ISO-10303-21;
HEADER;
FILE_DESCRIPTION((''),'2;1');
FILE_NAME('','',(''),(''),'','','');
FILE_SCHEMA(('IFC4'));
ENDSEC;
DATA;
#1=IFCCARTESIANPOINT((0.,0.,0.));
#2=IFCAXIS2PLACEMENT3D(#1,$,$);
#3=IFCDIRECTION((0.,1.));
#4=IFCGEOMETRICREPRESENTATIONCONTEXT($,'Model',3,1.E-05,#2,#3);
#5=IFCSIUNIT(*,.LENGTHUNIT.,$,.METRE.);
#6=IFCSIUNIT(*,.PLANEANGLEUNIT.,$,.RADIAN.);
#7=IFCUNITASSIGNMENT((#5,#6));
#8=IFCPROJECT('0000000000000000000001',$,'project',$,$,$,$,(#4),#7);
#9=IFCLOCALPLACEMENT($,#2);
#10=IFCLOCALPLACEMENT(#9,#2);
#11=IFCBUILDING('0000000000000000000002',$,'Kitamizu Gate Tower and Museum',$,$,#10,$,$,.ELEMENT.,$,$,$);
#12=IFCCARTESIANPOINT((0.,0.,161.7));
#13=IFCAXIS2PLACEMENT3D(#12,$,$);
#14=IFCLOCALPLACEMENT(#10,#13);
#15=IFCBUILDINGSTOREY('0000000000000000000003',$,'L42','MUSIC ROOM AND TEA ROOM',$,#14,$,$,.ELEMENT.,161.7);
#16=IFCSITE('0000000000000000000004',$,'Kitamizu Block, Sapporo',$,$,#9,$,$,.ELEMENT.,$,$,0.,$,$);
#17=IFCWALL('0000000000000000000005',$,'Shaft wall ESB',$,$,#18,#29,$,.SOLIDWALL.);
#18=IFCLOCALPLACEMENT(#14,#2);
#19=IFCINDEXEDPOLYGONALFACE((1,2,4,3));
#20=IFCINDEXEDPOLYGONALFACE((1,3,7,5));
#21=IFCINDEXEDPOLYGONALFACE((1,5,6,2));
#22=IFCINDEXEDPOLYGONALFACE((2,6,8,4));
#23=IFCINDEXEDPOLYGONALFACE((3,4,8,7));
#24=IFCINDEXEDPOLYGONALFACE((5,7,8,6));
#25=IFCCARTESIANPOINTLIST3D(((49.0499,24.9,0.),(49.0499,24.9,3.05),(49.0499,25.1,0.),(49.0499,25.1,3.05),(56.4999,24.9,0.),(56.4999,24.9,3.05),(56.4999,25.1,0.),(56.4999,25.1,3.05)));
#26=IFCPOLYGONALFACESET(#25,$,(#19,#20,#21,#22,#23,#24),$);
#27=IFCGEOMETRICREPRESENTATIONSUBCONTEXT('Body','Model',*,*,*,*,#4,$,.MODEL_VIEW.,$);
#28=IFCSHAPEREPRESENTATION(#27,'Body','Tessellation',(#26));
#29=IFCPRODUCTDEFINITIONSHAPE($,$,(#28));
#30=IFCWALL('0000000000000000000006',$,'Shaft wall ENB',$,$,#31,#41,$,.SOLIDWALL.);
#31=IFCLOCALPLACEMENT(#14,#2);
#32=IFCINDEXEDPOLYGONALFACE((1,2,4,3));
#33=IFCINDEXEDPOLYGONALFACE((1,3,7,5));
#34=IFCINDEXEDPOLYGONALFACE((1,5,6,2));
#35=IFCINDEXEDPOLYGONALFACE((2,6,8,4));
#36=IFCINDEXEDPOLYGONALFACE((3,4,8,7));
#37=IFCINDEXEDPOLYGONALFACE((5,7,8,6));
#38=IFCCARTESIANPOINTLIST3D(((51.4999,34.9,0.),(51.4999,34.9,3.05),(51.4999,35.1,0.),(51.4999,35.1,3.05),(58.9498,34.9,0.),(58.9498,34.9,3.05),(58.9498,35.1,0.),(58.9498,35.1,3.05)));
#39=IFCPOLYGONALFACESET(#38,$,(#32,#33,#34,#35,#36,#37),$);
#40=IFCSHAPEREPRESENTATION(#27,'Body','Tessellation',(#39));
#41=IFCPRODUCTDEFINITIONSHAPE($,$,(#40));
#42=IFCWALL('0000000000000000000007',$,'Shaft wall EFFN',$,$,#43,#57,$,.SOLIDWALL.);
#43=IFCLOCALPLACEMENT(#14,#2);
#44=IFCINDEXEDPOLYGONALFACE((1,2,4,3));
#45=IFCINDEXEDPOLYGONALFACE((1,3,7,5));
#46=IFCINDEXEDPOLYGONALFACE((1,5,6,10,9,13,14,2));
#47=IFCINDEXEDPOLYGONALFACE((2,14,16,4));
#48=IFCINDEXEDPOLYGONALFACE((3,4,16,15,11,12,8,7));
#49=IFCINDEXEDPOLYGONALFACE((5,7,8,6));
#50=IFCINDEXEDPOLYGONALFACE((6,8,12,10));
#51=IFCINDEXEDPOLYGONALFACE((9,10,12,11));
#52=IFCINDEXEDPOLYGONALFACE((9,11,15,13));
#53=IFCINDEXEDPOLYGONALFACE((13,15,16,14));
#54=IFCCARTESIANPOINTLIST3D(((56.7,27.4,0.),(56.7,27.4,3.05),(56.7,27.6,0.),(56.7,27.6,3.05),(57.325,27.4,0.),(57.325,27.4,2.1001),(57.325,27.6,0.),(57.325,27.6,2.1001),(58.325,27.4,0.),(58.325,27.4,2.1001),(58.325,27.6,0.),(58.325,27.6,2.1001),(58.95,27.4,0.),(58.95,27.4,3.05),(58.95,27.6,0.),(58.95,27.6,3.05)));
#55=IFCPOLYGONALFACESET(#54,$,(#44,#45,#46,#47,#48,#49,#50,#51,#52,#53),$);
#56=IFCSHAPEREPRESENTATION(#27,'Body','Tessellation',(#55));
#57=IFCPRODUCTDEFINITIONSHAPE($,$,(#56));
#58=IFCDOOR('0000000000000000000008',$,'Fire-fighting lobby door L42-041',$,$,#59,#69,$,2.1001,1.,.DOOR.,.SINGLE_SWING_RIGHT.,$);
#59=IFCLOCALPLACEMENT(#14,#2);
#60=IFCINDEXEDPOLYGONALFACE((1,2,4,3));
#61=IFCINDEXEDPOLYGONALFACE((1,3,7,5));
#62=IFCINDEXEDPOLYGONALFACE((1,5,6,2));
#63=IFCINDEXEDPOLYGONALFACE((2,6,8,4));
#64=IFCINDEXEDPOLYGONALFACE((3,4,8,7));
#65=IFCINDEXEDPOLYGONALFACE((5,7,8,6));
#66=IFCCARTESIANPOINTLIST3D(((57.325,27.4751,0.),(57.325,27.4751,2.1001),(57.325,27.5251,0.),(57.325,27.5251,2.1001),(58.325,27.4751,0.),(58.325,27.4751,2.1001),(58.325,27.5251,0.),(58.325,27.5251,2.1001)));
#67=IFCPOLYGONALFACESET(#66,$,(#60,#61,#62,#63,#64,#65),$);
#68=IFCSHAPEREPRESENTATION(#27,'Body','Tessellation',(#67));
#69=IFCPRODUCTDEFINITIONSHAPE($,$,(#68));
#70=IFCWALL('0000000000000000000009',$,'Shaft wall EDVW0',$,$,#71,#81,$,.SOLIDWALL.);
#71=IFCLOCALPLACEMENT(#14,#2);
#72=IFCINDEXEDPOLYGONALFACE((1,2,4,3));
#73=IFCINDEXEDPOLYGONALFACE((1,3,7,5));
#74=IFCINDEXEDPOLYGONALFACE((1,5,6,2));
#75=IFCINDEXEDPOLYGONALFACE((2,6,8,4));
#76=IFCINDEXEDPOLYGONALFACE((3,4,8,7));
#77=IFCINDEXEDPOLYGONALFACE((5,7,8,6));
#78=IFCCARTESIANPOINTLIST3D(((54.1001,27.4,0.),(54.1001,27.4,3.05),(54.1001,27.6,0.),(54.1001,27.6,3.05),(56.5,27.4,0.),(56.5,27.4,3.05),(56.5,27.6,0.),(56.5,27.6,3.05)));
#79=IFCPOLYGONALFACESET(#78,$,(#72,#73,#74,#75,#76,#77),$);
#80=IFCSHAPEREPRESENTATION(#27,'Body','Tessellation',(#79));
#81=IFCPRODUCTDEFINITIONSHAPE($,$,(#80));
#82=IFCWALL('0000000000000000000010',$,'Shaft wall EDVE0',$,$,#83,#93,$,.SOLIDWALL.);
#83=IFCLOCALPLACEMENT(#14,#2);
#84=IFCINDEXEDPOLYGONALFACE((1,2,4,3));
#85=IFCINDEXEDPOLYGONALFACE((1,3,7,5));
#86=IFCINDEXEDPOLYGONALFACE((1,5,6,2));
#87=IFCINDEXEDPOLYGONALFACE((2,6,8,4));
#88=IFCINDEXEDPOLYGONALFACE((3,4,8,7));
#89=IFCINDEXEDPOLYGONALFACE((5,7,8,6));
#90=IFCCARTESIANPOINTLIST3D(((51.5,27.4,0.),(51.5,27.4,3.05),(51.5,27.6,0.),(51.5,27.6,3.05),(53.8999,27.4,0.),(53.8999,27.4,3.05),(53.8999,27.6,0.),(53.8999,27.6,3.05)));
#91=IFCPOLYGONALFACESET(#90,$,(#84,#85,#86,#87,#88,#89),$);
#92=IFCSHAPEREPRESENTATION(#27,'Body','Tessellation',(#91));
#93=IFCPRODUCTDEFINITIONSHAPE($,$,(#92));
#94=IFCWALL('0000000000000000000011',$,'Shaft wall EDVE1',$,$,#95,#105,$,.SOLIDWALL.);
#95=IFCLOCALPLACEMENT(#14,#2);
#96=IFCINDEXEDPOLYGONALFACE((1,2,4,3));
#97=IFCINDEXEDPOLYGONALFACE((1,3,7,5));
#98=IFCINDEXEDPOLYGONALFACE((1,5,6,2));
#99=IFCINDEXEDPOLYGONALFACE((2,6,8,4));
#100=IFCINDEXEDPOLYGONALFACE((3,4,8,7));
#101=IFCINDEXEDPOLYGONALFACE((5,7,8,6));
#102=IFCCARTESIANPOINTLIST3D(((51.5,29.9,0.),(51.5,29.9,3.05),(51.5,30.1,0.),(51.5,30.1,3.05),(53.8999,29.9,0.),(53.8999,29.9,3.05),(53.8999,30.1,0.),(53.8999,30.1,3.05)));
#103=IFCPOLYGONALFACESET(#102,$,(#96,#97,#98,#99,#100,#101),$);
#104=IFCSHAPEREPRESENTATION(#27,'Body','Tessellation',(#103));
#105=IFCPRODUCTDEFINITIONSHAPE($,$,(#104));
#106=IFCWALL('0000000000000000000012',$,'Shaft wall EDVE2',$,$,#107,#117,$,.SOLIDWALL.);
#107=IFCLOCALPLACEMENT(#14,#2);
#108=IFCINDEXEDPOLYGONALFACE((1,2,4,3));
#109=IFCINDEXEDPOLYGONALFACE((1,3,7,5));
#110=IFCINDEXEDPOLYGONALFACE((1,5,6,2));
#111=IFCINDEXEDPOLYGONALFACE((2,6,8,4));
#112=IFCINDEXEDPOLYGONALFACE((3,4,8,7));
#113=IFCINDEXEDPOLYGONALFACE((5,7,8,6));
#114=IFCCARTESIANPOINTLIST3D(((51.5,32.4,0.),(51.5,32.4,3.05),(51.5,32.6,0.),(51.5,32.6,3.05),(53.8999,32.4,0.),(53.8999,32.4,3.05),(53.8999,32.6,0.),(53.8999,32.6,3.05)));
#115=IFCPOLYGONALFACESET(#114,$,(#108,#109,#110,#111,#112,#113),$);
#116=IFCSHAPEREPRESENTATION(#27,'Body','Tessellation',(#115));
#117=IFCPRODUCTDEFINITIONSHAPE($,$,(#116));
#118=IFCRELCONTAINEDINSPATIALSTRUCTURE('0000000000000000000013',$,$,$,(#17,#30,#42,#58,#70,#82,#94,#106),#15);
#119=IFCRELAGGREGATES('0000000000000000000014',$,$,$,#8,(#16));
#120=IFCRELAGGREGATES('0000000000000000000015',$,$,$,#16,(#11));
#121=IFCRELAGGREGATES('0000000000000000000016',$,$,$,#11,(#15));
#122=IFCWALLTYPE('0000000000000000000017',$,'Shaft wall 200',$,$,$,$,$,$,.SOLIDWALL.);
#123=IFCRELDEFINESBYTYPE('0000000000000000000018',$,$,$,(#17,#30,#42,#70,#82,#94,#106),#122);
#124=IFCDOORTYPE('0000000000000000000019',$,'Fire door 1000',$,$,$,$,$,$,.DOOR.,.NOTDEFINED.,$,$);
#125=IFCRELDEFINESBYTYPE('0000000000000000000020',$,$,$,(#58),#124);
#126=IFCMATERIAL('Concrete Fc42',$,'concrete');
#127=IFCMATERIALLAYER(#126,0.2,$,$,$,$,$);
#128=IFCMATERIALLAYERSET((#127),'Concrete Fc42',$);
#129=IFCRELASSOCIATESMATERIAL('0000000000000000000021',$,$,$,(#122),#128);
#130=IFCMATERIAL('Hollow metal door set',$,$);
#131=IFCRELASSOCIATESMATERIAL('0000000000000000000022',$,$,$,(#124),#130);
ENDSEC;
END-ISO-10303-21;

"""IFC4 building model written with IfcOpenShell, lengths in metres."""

from ifc_helpers import new_model, si_unit, direction, frame, frame_2d, origin, place, context, subcontext, project, spatial, rectangle, extrude, material, layer, layer_set, type_object, element, fill, save


model = new_model("IFC4")

# Units and contexts
model_context = context("Model", 3, precision=1e-05, world=origin(), true_north=direction((0.0, 1.0)))
body_context = subcontext(model_context, "Body", "Model", "MODEL_VIEW")
ifc_project = project(units=[si_unit("LENGTHUNIT", "METRE"), si_unit("PLANEANGLEUNIT", "RADIAN")], contexts=[model_context])

# Site, building, storey
site_placement = place(None, origin())
site = spatial("IfcSite", under=ifc_project, at=site_placement, Name="Kitamizu Block, Sapporo", CompositionType="ELEMENT", RefElevation=0.0)
building_placement = place(site_placement, origin())
building = spatial("IfcBuilding", under=site, at=building_placement, Name="Kitamizu Gate Tower and Museum", CompositionType="ELEMENT")
storey_placement = place(building_placement, frame((0.0, 0.0, 161.7)))
storey = spatial("IfcBuildingStorey", under=building, at=storey_placement, Name="L42", Description="MUSIC ROOM AND TEA ROOM", CompositionType="ELEMENT", Elevation=161.7)

# Shared definitions
ifc_material_1 = material(Name="Concrete Fc42", Category="concrete")
ifc_layer_1 = layer(ifc_material_1, 0.2)
ifc_layer_set_1 = layer_set([ifc_layer_1], Name="Concrete Fc42")
wall_type_1 = type_object("IfcWallType", Name="Shaft wall 200", PredefinedType="SOLIDWALL", material=ifc_layer_set_1)
ifc_material_2 = material(Name="Hollow metal door set")
door_type_1 = type_object("IfcDoorType", Name="Fire door 1000", OperationType="NOTDEFINED", PredefinedType="DOOR", material=ifc_material_2)

# Walls
for number, where, z_axis, x_axis, name in (
    (1, (56.5, 25.0, 0.0), (0.0, 0.0, 1.0), (-1.0, 0.0, 0.0), "Shaft wall ESB"),
    (2, (58.95, 35.0, 0.0), (0.0, 0.0, 1.0), (-1.0, 0.0, 0.0), "Shaft wall ENB"),
):
    element("IfcWall", number, at=place(storey_placement, frame(where, z_axis=z_axis, x_axis=x_axis)), inside=storey, type_object=wall_type_1, Name=name, PredefinedType="SOLIDWALL", context=body_context, shape_type="SweptSolid", body=[
        extrude(rectangle(XDim=7.45, YDim=0.2, at=frame_2d((3.7251, 0.0))), origin(), (0.0, 0.0, 1.0), 3.05),
    ])

# Wall, opening, door
wall_1_placement = place(storey_placement, frame((58.95, 27.5, 0.0), z_axis=(0.0, 0.0, 1.0), x_axis=(-1.0, 0.0, 0.0)))
wall_1 = element("IfcWall", 3, at=wall_1_placement, inside=storey, type_object=wall_type_1, Name="Shaft wall EFFN", PredefinedType="SOLIDWALL", context=body_context, shape_type="SweptSolid", body=[
    extrude(rectangle(XDim=2.25, YDim=0.2, at=frame_2d((1.125, 0.0))), origin(), (0.0, 0.0, 1.0), 3.05),
])
opening_1_placement = place(wall_1_placement, frame((0.625, 0.0, 0.0)))
opening_1 = element("IfcOpeningElement", 4, at=opening_1_placement, cuts=wall_1, PredefinedType="OPENING", context=body_context, shape_type="SweptSolid", body=[
    extrude(rectangle(XDim=1.0, YDim=2.1001, at=frame_2d((0.5, 1.05))), frame((0.0, 0.1099, 0.0), z_axis=(0.0, -1.0, 0.0), x_axis=(1.0, 0.0, 0.0)), (0.0, 0.0, 1.0), 0.22),
])
door_1_placement = place(opening_1_placement, origin())
door_1 = element("IfcDoor", 5, at=door_1_placement, inside=storey, type_object=door_type_1, Name="Fire-fighting lobby door L42-041", OperationType="SINGLE_SWING_RIGHT", OverallHeight=2.1001, OverallWidth=1.0, PredefinedType="DOOR", context=body_context, shape_type="SweptSolid", body=[
    extrude(rectangle(XDim=1.0, YDim=2.1001, at=frame_2d((0.5, 1.05))), frame((0.0, 0.0249, 0.0), z_axis=(0.0, -1.0, 0.0), x_axis=(1.0, 0.0, 0.0)), (0.0, 0.0, 1.0), 0.05),
])
fill(opening_1, door_1)

# Walls
for number, where, z_axis, x_axis, name in (
    (6, (56.5, 27.5, 0.0), (0.0, 0.0, 1.0), (-1.0, 0.0, 0.0), "Shaft wall EDVW0"),
    (7, (53.8999, 27.5, 0.0), (0.0, 0.0, 1.0), (-1.0, 0.0, 0.0), "Shaft wall EDVE0"),
    (8, (53.8999, 30.0, 0.0), (0.0, 0.0, 1.0), (-1.0, 0.0, 0.0), "Shaft wall EDVE1"),
    (9, (53.8999, 32.5, 0.0), (0.0, 0.0, 1.0), (-1.0, 0.0, 0.0), "Shaft wall EDVE2"),
):
    element("IfcWall", number, at=place(storey_placement, frame(where, z_axis=z_axis, x_axis=x_axis)), inside=storey, type_object=wall_type_1, Name=name, PredefinedType="SOLIDWALL", context=body_context, shape_type="SweptSolid", body=[
        extrude(rectangle(XDim=2.3999, YDim=0.2, at=frame_2d((1.2, 0.0))), origin(), (0.0, 0.0, 1.0), 3.05),
    ])

save(model, "model.ifc")
